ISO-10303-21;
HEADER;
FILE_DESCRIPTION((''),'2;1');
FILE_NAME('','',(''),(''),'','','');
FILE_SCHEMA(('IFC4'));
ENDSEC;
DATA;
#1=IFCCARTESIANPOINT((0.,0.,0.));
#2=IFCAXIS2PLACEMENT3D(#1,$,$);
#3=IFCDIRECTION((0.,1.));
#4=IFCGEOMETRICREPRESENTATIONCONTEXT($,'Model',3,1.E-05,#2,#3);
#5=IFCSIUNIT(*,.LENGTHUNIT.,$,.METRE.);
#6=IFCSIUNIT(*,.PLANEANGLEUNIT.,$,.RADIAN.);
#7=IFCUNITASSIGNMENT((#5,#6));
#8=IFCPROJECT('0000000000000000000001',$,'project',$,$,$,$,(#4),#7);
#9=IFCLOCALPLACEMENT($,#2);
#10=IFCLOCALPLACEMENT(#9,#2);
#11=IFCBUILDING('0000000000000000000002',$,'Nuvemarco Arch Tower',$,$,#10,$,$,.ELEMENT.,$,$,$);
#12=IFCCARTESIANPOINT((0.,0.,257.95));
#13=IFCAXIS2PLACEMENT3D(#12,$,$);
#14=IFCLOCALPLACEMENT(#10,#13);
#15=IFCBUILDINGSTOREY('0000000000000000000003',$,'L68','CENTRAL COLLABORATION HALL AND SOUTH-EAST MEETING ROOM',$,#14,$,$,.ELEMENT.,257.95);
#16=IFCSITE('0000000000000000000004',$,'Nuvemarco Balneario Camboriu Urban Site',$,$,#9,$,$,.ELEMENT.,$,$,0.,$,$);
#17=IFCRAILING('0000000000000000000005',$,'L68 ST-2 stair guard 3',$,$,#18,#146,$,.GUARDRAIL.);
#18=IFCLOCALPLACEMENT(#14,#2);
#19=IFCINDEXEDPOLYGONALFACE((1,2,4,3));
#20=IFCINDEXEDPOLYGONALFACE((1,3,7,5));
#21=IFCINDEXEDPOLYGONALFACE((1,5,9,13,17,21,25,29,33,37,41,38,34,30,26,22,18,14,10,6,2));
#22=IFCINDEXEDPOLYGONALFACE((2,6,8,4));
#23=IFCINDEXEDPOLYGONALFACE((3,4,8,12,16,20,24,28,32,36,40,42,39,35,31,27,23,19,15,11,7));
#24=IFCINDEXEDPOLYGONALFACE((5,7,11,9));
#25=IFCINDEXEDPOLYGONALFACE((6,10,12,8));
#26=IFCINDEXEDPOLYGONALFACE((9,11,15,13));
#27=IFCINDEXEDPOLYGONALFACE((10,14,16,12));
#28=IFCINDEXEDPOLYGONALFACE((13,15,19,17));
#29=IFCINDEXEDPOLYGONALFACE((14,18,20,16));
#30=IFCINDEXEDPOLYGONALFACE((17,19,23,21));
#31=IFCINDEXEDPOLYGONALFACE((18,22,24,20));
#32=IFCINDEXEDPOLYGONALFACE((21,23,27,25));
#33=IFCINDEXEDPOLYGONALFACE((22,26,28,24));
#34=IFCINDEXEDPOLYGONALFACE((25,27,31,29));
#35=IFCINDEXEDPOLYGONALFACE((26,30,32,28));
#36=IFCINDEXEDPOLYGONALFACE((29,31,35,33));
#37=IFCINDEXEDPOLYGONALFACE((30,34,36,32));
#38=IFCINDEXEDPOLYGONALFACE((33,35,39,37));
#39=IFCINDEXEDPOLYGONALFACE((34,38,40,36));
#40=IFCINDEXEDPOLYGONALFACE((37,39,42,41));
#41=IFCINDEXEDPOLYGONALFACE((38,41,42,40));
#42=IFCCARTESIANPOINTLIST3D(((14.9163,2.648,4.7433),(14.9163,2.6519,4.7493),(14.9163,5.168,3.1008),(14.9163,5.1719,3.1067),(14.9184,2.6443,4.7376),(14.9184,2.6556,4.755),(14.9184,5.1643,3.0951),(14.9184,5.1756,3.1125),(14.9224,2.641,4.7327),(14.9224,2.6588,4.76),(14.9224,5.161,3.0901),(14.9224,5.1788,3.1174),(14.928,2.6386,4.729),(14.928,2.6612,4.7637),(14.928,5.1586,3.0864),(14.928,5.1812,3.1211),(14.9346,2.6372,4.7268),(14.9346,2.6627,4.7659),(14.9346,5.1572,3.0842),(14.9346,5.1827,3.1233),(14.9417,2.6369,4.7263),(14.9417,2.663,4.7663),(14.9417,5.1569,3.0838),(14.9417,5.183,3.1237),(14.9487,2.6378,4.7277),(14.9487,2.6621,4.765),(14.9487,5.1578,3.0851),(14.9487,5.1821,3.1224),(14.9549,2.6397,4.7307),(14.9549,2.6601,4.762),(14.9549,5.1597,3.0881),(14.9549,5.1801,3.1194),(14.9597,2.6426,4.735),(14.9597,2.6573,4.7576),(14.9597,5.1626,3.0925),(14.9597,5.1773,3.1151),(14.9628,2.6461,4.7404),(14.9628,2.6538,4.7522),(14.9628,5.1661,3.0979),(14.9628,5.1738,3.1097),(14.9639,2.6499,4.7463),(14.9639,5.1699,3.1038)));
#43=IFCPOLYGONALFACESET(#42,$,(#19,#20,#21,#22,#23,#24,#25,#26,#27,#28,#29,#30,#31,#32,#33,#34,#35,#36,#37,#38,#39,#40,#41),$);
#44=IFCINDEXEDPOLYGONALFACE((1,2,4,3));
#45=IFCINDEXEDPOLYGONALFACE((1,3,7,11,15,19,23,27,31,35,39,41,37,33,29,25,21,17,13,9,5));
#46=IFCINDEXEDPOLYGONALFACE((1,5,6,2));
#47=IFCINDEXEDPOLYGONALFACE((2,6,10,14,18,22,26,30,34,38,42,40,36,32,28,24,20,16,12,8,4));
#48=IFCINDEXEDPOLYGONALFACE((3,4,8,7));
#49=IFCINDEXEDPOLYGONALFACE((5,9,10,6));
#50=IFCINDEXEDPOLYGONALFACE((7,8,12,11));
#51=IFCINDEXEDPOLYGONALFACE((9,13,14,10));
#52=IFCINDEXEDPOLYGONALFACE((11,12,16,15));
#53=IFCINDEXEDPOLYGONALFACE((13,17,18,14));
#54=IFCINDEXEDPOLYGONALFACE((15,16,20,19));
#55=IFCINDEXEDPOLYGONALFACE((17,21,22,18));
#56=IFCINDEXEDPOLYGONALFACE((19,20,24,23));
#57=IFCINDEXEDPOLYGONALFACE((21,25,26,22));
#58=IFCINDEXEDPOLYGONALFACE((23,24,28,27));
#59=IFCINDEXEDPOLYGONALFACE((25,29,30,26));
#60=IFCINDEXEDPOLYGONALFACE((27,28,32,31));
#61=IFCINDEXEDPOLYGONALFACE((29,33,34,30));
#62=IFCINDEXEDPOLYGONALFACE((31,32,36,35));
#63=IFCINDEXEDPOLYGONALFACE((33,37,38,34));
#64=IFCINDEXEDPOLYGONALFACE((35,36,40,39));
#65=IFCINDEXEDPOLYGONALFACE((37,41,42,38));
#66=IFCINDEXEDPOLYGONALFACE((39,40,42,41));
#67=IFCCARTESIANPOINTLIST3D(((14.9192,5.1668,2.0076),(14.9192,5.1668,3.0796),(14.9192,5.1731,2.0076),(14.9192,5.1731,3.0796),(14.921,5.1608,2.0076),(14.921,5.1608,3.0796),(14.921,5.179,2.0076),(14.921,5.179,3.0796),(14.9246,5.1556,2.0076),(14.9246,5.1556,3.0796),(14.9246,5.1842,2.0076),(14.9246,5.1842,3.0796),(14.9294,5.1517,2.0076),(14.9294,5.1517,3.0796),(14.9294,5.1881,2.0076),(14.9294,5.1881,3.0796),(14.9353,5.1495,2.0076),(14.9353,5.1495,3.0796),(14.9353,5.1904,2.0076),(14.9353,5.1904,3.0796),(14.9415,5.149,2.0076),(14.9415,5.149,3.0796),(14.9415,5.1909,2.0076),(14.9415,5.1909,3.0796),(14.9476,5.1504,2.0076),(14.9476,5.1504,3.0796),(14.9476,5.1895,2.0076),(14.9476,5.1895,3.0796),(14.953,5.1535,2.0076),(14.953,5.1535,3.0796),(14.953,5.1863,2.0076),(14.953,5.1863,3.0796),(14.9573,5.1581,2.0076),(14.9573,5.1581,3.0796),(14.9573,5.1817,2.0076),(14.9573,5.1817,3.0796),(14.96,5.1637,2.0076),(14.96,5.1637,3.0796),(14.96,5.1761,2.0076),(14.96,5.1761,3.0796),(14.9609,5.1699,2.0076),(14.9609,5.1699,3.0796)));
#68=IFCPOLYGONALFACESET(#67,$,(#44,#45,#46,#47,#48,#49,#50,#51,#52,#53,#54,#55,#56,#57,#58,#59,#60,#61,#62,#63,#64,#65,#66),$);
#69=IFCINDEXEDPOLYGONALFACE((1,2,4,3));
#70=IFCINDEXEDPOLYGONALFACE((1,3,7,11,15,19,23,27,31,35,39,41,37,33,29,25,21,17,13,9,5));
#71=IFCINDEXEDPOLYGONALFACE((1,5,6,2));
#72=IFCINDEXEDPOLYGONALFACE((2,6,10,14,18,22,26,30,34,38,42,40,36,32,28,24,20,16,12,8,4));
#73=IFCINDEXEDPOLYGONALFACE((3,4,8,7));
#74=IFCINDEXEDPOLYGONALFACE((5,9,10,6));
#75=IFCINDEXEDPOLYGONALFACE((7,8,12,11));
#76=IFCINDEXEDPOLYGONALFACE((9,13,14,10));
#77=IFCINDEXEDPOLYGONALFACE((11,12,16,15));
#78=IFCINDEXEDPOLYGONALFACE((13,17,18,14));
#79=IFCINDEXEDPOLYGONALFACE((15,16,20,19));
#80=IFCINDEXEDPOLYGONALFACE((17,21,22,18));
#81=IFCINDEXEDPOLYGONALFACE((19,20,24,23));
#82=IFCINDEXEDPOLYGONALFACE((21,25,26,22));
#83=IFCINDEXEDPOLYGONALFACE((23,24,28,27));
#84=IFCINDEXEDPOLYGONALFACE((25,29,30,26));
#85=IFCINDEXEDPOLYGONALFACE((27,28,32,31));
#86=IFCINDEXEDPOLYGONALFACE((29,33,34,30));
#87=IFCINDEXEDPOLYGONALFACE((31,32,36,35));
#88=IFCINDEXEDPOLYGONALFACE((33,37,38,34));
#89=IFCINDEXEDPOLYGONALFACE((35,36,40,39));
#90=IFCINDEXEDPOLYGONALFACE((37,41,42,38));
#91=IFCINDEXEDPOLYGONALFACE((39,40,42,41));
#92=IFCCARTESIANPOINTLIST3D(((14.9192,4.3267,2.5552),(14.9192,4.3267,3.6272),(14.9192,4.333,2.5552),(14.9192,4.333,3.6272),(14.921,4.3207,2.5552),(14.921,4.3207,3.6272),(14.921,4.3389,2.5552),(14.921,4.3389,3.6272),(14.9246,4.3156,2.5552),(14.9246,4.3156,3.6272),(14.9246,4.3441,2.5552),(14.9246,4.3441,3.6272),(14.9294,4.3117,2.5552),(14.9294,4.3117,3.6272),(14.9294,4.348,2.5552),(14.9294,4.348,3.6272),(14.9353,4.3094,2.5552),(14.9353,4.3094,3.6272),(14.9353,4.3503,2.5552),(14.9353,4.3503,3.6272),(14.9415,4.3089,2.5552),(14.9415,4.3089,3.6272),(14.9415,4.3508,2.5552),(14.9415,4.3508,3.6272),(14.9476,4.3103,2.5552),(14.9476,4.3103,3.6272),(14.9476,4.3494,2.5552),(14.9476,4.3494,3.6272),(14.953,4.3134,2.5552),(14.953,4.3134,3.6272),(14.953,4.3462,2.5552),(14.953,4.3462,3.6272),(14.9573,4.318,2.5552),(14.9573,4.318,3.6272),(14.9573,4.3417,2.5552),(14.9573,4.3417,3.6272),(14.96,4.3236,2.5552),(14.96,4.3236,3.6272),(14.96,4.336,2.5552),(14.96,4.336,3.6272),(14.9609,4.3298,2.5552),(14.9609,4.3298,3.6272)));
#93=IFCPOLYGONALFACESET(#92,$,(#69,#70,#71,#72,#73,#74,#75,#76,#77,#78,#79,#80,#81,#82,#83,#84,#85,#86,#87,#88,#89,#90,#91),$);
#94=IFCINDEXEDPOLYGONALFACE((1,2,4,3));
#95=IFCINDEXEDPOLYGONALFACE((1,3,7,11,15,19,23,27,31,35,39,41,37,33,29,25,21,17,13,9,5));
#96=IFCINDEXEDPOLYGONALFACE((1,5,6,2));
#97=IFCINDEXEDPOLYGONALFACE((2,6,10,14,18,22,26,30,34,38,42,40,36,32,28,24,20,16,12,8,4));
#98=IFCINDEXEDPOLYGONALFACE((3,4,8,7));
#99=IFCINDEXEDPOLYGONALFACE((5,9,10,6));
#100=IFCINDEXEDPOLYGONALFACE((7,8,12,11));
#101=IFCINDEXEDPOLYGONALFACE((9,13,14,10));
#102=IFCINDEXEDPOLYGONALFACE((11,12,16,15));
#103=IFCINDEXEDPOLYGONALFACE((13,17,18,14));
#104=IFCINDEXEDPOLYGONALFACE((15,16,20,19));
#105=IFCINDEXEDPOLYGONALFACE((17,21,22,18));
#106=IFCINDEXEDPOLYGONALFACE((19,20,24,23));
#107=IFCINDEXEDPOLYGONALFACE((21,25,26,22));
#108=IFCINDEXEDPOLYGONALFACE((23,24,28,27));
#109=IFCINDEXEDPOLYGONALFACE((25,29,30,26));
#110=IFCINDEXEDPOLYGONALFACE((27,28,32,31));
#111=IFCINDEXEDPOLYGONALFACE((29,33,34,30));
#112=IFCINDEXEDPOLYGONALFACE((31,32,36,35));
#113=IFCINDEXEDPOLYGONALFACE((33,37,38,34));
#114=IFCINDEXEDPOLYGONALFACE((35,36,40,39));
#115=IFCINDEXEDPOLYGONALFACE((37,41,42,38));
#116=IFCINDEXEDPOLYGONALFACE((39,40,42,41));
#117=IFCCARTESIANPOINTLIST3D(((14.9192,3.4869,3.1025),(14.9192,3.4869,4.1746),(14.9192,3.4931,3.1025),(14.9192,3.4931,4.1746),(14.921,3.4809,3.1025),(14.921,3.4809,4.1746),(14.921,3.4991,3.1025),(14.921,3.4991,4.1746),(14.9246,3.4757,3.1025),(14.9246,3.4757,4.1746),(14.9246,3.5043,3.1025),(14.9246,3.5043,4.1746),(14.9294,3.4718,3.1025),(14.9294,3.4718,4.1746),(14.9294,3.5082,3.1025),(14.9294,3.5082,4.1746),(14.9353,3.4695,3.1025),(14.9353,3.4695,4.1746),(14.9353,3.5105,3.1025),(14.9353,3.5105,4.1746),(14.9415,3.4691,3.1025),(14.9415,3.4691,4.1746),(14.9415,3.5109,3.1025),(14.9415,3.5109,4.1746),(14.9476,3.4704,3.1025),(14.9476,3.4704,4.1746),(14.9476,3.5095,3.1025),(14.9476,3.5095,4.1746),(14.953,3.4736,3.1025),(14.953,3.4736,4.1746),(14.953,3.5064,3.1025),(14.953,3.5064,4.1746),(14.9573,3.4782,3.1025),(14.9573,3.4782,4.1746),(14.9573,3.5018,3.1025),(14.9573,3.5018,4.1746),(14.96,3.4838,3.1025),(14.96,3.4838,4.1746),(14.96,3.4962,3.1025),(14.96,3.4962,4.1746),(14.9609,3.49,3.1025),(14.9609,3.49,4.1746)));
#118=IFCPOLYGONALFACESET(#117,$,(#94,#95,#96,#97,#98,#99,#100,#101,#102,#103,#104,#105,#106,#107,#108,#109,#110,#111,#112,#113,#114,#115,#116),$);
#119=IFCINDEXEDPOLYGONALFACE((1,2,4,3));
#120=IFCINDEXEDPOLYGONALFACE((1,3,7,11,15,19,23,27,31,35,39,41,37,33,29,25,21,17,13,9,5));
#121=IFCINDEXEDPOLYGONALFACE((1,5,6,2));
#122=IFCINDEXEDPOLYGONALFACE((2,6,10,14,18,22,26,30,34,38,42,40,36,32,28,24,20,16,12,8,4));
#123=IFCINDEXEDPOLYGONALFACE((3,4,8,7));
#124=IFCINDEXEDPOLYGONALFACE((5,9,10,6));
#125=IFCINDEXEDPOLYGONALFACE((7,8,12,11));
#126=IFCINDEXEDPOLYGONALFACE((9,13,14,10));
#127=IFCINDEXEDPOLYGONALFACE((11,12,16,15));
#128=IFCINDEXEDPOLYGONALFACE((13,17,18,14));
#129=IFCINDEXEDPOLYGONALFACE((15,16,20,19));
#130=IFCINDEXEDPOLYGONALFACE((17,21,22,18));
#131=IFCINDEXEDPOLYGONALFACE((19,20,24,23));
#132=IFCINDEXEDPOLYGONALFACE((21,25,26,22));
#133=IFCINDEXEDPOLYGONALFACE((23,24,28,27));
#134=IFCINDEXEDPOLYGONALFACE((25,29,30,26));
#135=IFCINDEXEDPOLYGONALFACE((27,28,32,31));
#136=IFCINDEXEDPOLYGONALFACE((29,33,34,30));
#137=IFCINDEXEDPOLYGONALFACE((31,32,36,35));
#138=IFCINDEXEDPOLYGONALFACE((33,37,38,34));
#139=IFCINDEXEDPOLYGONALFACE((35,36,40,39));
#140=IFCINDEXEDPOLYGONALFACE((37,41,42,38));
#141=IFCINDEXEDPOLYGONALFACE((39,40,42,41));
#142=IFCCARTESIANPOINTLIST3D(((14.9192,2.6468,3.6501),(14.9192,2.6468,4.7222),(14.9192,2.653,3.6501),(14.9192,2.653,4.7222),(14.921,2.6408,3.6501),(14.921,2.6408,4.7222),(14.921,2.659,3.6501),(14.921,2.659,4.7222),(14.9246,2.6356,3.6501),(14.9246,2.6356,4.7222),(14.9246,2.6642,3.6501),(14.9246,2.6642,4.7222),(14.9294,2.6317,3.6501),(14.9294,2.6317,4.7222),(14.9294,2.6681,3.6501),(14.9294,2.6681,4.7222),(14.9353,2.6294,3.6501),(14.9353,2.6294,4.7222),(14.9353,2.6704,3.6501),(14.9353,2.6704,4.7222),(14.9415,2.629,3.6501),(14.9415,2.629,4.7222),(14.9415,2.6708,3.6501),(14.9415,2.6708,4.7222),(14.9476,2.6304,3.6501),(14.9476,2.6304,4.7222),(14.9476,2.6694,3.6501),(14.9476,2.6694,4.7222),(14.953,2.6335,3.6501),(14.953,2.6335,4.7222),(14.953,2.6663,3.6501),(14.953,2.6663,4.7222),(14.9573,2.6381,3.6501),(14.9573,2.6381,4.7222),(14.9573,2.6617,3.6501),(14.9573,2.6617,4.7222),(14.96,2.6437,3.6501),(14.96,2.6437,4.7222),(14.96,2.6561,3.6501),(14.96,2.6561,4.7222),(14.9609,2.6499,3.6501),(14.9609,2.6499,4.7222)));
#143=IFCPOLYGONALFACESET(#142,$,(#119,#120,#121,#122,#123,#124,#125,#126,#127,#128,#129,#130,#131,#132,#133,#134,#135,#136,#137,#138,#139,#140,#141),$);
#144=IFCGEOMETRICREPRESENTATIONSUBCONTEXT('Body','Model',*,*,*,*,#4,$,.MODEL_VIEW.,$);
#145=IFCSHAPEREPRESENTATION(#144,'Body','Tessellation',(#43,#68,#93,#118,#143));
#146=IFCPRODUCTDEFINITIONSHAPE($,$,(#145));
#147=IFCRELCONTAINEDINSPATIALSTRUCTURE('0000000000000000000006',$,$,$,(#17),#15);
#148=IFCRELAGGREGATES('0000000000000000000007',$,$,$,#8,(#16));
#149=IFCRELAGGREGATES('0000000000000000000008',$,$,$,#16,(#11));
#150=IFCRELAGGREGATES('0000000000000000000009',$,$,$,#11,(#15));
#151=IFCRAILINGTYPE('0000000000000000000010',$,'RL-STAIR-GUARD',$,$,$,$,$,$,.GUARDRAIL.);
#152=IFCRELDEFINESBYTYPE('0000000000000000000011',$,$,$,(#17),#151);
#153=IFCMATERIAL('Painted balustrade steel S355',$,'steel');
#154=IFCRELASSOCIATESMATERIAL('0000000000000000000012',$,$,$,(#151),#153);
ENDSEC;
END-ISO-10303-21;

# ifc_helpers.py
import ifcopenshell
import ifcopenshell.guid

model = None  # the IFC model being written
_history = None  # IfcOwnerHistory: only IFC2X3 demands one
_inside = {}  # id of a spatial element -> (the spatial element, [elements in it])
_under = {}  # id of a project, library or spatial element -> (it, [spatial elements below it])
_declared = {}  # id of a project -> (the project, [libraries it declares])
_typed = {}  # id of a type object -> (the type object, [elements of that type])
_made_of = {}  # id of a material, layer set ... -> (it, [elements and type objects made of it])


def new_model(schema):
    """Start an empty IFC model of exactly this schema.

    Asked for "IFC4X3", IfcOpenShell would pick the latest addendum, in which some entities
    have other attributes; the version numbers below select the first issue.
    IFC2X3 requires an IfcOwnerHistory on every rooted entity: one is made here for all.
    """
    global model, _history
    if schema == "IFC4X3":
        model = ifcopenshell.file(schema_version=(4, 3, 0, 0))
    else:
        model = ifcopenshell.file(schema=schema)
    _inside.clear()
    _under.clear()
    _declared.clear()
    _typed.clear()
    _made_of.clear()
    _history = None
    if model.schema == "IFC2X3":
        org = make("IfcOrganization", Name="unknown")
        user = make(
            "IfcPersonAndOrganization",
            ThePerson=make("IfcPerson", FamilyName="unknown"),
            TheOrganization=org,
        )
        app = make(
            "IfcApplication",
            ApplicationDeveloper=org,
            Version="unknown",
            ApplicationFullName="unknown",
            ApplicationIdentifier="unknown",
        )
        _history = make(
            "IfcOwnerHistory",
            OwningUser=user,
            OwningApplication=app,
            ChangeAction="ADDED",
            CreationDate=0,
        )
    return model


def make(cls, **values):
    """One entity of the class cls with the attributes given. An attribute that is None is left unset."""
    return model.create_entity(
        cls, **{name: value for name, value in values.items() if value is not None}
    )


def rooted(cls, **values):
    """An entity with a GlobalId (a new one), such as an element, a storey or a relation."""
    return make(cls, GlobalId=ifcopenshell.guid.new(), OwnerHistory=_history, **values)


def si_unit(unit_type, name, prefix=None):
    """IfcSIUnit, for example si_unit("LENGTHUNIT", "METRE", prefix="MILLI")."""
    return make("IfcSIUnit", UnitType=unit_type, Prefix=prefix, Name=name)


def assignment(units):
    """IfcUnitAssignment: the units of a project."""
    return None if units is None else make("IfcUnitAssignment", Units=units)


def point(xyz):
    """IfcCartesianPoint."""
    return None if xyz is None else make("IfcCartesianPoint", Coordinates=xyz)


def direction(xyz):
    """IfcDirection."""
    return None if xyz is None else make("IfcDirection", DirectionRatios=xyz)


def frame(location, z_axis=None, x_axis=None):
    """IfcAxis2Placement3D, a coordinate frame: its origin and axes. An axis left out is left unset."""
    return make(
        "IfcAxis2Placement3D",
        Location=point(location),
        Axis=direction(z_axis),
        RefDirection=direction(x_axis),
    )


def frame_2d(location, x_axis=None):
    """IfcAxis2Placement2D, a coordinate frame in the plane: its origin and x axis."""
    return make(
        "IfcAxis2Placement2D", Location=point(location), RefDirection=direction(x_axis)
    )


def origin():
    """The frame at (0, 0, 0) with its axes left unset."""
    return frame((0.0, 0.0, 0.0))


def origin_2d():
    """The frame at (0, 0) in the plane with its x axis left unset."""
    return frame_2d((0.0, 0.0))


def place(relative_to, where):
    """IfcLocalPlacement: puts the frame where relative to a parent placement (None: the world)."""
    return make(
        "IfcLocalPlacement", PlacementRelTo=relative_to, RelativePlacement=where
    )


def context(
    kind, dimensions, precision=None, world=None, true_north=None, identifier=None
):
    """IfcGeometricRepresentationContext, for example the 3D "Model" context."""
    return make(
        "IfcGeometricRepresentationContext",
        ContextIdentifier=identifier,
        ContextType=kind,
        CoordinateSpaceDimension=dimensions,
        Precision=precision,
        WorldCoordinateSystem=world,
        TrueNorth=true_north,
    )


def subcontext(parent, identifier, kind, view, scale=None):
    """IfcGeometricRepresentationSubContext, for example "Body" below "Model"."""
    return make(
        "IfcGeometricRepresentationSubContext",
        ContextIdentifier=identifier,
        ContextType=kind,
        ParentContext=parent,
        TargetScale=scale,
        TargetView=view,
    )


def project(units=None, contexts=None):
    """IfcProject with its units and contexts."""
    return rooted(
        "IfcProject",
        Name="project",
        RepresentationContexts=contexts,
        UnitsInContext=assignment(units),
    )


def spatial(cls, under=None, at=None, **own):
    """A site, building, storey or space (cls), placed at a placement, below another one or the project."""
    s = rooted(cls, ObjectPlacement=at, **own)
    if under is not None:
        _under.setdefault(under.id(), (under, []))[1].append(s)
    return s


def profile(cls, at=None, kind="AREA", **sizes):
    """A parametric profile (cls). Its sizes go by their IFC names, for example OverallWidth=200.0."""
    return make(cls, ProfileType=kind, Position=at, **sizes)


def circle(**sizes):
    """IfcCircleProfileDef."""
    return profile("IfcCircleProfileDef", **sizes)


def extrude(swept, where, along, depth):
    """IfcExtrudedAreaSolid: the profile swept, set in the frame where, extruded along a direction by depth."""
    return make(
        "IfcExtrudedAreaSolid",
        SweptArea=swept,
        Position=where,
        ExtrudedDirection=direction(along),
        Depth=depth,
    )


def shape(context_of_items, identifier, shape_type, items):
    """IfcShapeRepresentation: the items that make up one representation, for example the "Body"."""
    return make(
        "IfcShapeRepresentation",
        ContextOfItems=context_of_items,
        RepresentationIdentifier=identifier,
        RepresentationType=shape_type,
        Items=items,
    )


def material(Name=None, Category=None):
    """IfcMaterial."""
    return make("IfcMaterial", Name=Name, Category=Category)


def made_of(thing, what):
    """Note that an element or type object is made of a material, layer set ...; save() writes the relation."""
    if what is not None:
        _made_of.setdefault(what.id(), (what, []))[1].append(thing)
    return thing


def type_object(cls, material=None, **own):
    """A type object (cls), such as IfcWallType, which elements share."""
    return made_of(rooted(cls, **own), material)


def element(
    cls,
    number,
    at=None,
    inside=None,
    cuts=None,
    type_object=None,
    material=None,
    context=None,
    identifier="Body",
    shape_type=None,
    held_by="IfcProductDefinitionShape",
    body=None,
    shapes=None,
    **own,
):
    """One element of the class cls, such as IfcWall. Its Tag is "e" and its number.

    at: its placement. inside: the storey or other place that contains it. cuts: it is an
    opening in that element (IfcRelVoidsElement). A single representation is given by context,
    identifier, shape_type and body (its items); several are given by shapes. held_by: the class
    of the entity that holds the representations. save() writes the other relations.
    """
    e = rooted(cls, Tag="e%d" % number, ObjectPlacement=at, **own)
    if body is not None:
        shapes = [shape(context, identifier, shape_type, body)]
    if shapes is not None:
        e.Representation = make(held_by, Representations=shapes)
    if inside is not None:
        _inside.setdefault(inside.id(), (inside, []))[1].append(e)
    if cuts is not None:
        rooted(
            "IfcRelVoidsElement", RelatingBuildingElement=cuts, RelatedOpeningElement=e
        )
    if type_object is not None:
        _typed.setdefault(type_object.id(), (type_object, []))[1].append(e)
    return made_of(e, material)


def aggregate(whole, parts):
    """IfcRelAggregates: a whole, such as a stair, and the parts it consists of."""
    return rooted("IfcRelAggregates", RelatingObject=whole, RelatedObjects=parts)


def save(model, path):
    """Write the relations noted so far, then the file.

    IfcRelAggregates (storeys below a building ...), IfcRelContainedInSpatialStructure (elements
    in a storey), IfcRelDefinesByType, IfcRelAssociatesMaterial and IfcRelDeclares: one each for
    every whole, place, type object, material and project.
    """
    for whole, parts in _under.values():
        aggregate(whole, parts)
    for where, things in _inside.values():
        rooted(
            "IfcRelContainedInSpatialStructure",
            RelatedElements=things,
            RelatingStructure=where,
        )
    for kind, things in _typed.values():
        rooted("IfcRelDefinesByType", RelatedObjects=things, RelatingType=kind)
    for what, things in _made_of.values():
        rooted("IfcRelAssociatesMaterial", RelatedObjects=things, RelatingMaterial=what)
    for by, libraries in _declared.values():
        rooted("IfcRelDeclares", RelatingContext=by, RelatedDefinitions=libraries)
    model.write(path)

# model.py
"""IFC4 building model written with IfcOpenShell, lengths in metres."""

from ifc_helpers import new_model, si_unit, direction, frame, origin, origin_2d, place, context, subcontext, project, spatial, circle, extrude, material, type_object, element, save


model = new_model("IFC4")

# Units and contexts
model_context = context("Model", 3, precision=1e-05, world=origin(), true_north=direction((0.0, 1.0)))
body_context = subcontext(model_context, "Body", "Model", "MODEL_VIEW")
ifc_project = project(units=[si_unit("LENGTHUNIT", "METRE"), si_unit("PLANEANGLEUNIT", "RADIAN")], contexts=[model_context])

# Site, building, storey
site_placement = place(None, origin())
site = spatial("IfcSite", under=ifc_project, at=site_placement, Name="Nuvemarco Balneario Camboriu Urban Site", CompositionType="ELEMENT", RefElevation=0.0)
building_placement = place(site_placement, origin())
building = spatial("IfcBuilding", under=site, at=building_placement, Name="Nuvemarco Arch Tower", CompositionType="ELEMENT")
storey_placement = place(building_placement, frame((0.0, 0.0, 257.95)))
storey = spatial("IfcBuildingStorey", under=building, at=storey_placement, Name="L68", Description="CENTRAL COLLABORATION HALL AND SOUTH-EAST MEETING ROOM", CompositionType="ELEMENT", Elevation=257.95)

# Railing
ifc_material_1 = material(Name="Painted balustrade steel S355", Category="steel")
railing_type_1 = type_object("IfcRailingType", Name="RL-STAIR-GUARD", PredefinedType="GUARDRAIL", material=ifc_material_1)
railing_1_placement = place(storey_placement, frame((14.9399, 5.1699, 2.0076)))
element("IfcRailing", 1, at=railing_1_placement, inside=storey, type_object=railing_type_1, Name="L68 ST-2 stair guard 3", PredefinedType="GUARDRAIL", context=body_context, shape_type="SweptSolid", body=[
    extrude(circle(Radius=0.0239, at=origin_2d()), frame((0.0, 0.0, 1.0962), z_axis=(0.0, -0.837749, 0.546055), x_axis=(1.0, 0.0, 0.0)), (0.0, 0.0, 1.0), 3.0081),
    extrude(circle(Radius=0.021, at=origin_2d()), origin(), (0.0, 0.0, 1.0), 1.072),
    extrude(circle(Radius=0.021, at=origin_2d()), frame((0.0, -0.8401, 0.5476)), (0.0, 0.0, 1.0), 1.072),
    extrude(circle(Radius=0.021, at=origin_2d()), frame((0.0, -1.6799, 1.095)), (0.0, 0.0, 1.0), 1.072),
    extrude(circle(Radius=0.021, at=origin_2d()), frame((0.0, -2.52, 1.6426)), (0.0, 0.0, 1.0), 1.072),
])

save(model, "model.ifc")
